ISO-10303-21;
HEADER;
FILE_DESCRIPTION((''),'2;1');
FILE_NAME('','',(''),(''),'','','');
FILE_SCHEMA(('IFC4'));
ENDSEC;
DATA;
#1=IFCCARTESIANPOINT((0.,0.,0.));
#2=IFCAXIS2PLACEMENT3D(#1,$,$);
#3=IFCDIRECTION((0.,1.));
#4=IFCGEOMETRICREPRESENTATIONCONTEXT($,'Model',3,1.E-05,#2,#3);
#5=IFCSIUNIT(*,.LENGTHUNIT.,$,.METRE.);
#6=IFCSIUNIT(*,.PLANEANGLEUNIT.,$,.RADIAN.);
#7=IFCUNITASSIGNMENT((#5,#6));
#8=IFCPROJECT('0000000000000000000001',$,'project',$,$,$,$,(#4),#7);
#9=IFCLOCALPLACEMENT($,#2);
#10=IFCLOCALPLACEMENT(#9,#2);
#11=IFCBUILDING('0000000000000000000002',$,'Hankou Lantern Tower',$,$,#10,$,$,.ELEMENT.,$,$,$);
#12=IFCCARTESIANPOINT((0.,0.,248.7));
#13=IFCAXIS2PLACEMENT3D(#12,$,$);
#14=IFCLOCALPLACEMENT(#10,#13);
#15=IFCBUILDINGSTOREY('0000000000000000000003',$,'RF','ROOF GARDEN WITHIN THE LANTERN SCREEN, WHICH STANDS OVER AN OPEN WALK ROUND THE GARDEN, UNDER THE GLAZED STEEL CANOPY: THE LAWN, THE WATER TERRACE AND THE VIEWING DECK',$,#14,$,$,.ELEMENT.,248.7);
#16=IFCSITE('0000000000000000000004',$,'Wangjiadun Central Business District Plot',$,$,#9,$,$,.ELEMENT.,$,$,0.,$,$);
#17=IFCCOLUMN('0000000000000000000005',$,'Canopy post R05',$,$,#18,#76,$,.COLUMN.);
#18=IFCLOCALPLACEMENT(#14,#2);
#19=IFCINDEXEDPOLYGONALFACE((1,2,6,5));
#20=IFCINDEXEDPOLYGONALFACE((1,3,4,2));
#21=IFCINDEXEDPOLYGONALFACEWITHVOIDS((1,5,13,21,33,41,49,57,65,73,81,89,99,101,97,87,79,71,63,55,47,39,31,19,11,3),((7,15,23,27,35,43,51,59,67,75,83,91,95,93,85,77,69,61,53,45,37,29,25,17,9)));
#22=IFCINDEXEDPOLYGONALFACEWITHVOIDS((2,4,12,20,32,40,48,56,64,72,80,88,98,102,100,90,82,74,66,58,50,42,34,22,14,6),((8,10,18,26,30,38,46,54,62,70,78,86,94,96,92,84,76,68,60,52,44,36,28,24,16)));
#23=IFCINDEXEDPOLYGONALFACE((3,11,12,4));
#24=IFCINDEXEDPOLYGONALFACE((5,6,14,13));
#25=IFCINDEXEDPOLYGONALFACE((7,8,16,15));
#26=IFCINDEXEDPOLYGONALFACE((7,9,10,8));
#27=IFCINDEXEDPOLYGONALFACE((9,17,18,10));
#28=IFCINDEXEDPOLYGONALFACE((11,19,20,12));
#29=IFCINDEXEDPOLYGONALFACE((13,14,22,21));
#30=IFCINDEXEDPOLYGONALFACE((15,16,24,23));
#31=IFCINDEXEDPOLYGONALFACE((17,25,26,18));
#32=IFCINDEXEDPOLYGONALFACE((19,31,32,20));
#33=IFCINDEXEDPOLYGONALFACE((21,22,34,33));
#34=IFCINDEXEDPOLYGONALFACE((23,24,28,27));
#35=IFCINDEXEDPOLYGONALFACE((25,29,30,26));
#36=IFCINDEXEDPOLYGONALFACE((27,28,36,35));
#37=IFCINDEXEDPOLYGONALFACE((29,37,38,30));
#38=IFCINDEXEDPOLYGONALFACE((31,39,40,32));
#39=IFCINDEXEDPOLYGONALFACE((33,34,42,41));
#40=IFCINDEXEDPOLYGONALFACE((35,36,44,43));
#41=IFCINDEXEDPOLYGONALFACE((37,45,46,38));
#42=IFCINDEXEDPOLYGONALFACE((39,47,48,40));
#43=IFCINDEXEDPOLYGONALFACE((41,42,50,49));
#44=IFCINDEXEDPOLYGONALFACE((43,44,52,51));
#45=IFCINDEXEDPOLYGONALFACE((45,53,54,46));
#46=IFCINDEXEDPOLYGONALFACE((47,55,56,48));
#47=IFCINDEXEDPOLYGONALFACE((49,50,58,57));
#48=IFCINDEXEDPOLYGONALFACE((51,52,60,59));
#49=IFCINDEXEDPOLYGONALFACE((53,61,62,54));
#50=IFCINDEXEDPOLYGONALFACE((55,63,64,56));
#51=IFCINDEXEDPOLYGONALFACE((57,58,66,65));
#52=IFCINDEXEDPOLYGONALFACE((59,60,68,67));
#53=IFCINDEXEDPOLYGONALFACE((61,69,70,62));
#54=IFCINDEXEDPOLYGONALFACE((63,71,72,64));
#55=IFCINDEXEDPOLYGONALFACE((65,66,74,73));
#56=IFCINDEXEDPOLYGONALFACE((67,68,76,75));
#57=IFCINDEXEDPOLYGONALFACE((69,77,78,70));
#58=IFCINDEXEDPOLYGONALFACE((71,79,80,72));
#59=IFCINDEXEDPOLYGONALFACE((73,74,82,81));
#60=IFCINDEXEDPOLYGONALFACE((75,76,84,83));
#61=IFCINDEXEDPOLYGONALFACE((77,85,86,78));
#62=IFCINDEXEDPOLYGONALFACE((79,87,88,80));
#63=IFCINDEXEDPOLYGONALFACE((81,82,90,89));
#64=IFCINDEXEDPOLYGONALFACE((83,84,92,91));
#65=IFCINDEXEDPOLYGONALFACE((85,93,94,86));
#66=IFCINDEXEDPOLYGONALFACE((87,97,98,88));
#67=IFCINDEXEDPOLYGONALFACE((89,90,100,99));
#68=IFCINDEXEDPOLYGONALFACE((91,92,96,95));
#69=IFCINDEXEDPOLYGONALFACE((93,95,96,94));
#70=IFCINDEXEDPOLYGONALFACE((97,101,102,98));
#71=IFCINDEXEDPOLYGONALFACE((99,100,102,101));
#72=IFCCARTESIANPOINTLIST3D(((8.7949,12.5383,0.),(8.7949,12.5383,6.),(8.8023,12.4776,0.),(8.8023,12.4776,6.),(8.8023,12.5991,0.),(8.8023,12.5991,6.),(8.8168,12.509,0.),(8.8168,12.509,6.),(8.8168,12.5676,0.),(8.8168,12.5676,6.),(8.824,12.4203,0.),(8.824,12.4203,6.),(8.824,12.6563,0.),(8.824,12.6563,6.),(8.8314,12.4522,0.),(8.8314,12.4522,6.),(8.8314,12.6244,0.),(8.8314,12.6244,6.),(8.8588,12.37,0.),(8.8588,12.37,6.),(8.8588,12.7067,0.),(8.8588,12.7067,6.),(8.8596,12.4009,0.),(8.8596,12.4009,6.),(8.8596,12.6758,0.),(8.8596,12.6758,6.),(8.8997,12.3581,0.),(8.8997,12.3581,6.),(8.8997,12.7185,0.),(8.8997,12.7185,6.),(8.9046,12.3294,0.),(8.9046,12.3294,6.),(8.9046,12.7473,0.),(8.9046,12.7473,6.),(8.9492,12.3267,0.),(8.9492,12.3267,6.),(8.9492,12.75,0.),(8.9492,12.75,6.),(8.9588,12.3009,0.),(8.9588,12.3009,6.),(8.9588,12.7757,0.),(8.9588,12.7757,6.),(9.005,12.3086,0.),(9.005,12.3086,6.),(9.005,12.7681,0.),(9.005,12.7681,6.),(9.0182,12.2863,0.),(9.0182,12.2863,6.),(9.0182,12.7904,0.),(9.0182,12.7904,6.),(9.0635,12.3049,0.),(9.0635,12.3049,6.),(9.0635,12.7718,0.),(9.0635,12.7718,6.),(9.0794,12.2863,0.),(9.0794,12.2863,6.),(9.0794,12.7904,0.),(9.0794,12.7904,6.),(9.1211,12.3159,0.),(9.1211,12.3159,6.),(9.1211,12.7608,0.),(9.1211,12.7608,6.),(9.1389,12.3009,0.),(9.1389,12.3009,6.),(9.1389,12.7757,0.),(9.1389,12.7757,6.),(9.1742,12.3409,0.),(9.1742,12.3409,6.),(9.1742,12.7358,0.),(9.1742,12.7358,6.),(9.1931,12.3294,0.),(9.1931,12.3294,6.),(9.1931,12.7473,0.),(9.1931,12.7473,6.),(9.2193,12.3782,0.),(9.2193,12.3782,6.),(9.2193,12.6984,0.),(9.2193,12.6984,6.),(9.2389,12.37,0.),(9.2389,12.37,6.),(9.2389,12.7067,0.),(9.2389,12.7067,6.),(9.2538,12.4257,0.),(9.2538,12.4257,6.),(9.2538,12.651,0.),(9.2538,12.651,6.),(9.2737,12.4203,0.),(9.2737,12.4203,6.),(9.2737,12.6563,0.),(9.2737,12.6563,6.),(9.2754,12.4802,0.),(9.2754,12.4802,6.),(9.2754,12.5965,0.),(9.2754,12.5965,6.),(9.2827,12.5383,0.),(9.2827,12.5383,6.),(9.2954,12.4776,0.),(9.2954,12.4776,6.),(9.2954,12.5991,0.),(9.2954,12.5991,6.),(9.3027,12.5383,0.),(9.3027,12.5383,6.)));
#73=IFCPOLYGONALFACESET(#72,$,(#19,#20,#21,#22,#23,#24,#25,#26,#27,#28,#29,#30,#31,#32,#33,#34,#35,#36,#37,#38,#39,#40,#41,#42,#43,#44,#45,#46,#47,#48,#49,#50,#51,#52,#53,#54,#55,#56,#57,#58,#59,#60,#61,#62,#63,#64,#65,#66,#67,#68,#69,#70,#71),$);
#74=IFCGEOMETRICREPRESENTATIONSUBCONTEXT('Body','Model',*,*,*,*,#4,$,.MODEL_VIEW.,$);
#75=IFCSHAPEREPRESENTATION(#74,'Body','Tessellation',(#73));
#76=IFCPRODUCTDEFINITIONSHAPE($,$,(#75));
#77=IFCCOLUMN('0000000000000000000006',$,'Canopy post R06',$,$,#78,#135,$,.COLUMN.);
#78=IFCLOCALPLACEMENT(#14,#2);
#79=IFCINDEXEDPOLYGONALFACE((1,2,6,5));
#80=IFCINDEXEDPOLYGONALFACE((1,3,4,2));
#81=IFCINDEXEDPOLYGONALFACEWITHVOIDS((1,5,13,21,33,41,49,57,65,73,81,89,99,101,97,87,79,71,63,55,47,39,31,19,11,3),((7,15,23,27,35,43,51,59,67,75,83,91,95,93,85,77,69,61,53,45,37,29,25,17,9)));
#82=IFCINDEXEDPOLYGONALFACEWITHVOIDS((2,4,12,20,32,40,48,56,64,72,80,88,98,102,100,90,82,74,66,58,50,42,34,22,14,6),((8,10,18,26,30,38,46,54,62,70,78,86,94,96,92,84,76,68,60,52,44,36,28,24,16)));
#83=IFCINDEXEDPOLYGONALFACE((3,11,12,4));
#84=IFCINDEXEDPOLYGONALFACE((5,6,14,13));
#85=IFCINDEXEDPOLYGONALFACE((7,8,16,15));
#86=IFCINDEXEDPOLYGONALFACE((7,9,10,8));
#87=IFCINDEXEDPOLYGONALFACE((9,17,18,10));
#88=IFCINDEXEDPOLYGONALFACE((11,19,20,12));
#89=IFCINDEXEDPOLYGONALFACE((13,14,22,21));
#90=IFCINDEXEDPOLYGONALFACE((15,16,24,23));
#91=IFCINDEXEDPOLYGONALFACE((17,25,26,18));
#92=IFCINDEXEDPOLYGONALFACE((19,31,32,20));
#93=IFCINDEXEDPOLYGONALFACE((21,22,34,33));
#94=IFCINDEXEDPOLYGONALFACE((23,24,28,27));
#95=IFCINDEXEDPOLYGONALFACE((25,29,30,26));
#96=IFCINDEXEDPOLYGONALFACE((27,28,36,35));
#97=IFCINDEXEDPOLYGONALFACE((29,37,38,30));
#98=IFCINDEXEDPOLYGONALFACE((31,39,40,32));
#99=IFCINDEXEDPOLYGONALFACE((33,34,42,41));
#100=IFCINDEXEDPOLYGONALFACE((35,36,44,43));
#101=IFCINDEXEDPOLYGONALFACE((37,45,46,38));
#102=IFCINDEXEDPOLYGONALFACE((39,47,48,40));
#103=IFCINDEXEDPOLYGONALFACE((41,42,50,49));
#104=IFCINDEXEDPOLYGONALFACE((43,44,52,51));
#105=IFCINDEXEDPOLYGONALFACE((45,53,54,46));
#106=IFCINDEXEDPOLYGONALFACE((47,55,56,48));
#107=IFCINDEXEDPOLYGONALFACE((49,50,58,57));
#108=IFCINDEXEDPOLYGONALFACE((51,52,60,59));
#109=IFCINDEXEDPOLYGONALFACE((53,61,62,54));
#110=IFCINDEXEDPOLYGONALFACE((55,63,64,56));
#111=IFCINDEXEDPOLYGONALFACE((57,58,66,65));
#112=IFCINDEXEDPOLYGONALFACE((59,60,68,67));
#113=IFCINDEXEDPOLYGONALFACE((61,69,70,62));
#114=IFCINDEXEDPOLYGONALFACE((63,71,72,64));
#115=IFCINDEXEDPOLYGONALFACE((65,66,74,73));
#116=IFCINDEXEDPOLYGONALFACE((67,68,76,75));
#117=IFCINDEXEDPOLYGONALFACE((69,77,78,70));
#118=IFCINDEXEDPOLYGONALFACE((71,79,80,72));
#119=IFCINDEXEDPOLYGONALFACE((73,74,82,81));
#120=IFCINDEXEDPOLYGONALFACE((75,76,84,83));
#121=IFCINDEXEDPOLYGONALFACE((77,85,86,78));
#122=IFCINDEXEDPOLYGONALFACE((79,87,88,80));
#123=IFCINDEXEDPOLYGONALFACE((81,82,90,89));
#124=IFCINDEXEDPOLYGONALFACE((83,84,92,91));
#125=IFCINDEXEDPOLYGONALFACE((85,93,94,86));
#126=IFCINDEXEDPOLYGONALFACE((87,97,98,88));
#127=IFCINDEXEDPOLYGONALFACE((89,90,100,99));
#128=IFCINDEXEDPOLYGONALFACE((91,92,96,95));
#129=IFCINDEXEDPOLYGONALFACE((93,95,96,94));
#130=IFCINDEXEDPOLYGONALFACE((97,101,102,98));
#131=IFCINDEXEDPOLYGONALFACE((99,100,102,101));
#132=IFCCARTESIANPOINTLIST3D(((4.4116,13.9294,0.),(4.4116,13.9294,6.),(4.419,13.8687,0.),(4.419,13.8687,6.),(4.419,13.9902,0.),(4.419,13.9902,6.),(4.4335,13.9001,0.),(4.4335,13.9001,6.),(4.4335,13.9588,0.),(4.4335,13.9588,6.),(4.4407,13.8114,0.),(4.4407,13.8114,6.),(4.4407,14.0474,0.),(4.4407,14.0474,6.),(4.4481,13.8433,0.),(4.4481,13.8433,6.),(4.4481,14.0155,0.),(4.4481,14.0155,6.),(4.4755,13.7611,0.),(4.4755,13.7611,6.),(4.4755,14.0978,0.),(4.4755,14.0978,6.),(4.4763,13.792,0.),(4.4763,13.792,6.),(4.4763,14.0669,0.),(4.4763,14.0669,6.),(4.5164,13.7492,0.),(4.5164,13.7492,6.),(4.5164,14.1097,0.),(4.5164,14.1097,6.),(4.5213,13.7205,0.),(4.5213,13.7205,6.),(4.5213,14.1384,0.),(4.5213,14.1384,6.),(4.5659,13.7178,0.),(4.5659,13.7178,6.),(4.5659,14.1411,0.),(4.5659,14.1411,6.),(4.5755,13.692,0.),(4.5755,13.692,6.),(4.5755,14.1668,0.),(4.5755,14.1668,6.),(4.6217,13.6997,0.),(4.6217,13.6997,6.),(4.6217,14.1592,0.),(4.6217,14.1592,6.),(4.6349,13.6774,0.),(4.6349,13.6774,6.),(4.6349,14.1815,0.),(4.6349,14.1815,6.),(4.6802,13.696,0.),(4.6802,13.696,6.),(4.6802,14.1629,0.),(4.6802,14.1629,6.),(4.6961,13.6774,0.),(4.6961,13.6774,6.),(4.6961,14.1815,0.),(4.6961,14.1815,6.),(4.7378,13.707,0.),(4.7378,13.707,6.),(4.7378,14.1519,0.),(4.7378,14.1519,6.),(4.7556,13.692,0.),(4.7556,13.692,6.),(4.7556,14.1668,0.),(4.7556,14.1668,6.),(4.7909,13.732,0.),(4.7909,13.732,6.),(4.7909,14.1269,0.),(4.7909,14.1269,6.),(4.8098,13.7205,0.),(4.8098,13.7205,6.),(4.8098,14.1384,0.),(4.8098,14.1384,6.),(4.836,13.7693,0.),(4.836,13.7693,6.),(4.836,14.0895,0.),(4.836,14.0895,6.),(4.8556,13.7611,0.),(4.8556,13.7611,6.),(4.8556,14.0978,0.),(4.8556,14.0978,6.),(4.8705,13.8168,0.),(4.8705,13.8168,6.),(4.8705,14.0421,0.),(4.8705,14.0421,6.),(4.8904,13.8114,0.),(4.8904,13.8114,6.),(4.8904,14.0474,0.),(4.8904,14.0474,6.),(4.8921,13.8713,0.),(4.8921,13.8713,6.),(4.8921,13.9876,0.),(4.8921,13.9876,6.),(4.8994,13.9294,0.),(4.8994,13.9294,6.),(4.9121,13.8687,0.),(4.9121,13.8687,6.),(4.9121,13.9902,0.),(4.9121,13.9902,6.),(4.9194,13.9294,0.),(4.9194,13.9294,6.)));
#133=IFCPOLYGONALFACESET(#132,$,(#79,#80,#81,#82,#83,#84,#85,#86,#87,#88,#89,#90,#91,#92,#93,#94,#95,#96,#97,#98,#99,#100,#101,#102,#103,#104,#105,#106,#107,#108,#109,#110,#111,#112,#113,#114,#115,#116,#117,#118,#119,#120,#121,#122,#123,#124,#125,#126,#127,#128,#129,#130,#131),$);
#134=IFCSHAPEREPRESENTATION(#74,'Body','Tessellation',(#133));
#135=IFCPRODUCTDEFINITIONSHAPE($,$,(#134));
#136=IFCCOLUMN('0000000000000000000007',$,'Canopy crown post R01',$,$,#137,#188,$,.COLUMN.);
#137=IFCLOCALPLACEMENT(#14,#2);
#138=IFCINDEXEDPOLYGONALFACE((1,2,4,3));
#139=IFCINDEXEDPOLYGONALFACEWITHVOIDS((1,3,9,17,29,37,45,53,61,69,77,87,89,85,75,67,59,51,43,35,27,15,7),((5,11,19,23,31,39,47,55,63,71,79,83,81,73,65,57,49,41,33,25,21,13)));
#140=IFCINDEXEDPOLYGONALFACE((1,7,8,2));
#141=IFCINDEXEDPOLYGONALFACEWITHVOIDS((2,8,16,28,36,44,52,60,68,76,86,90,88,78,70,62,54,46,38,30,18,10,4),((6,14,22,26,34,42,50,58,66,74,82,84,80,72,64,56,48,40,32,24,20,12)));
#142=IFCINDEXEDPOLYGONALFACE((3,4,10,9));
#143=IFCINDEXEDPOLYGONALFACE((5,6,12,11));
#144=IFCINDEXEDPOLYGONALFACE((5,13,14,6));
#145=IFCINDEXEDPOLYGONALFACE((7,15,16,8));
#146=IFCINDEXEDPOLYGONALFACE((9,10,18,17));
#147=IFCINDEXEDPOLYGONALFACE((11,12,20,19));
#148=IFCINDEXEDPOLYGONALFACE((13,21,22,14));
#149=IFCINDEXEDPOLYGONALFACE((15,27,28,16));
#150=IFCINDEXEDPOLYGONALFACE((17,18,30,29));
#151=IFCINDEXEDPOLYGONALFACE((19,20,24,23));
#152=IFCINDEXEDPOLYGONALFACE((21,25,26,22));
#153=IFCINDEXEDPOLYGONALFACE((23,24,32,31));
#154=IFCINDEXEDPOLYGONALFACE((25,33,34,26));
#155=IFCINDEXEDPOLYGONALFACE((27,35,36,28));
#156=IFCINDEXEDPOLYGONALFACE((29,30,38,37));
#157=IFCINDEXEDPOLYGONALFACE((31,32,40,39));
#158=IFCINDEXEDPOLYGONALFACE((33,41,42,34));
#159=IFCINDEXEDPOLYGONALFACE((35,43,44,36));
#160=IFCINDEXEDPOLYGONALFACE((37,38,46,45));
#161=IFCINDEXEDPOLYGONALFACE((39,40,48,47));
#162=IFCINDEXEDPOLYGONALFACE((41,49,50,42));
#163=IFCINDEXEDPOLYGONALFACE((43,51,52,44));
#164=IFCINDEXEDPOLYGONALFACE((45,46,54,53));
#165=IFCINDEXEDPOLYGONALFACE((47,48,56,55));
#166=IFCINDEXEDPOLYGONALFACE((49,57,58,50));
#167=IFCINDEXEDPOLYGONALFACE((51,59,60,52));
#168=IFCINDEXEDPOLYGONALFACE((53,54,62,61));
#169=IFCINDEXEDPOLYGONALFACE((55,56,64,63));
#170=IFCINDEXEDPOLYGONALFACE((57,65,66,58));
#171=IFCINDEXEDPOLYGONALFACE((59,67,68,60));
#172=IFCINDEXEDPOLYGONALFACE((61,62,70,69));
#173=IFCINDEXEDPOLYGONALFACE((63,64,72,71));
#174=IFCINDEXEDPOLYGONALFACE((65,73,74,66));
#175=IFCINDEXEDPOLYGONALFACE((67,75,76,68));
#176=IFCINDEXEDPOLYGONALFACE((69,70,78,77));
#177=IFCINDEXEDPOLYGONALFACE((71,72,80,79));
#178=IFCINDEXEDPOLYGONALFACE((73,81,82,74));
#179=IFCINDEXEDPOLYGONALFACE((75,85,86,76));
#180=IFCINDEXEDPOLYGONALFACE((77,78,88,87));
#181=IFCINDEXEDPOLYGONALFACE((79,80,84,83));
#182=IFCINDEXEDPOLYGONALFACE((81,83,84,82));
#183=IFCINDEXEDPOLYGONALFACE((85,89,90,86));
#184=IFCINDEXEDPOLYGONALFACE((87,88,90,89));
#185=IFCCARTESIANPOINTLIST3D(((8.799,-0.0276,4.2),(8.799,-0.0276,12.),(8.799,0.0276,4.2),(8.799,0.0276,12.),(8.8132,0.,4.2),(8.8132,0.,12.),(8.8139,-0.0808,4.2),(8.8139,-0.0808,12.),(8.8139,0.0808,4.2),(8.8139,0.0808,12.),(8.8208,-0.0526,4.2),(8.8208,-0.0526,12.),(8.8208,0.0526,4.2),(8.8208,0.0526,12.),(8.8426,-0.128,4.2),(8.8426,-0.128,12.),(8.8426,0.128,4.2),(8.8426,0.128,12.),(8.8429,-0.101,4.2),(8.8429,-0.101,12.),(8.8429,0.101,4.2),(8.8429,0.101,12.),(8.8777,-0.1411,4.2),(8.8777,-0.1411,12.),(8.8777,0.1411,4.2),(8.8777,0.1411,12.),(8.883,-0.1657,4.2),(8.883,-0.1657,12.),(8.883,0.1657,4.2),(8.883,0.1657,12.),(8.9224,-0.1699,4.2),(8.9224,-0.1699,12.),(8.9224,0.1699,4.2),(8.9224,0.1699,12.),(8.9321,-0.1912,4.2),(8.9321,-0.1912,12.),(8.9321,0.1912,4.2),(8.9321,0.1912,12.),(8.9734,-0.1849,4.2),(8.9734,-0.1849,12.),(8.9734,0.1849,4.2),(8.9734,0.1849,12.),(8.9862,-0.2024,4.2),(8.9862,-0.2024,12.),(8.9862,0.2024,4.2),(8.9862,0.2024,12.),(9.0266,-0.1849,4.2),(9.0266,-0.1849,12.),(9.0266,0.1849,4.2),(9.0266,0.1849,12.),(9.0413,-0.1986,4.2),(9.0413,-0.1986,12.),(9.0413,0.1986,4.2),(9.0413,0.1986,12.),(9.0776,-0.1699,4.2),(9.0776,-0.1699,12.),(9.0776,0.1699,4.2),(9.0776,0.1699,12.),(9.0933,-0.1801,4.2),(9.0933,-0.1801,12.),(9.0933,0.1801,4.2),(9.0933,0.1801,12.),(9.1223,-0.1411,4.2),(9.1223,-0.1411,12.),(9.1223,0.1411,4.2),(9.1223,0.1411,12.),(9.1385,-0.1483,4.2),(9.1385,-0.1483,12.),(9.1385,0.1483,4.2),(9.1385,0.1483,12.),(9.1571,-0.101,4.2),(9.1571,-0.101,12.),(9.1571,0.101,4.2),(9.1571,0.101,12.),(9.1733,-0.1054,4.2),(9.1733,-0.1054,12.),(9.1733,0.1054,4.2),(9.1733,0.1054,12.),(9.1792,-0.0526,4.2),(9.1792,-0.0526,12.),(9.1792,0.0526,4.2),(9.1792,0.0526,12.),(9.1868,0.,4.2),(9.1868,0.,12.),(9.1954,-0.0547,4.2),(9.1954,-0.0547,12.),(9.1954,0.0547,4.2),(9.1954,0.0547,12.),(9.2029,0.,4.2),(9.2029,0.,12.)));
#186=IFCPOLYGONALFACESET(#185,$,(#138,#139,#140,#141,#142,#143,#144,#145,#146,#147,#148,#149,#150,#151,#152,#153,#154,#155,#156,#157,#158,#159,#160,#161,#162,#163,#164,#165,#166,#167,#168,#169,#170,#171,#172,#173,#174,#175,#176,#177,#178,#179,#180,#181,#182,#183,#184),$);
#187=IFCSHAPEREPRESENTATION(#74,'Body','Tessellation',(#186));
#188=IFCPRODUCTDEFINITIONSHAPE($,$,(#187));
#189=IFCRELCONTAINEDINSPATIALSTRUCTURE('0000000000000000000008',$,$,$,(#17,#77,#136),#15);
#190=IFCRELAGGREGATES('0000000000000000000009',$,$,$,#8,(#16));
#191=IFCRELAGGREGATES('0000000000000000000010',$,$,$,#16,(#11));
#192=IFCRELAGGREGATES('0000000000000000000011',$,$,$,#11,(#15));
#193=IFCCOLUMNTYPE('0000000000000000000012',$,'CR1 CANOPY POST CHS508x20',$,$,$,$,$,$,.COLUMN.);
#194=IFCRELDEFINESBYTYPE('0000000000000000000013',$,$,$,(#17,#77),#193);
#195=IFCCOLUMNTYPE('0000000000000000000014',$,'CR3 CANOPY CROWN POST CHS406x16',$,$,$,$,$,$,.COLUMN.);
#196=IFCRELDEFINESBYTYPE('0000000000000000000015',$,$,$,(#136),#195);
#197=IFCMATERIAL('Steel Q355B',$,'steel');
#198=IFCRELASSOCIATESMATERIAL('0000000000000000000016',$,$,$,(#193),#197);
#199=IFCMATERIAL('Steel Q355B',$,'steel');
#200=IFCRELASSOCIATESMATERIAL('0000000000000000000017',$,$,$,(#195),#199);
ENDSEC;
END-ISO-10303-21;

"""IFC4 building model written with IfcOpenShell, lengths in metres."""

from ifc_helpers import new_model, si_unit, direction, frame, origin, origin_2d, place, context, subcontext, project, spatial, hollow_circle, extrude, material, material_profile, profile_set, type_object, element, save


model = new_model("IFC4")

# Units and contexts
model_context = context("Model", 3, precision=1e-05, world=origin(), true_north=direction((0.0, 1.0)))
body_context = subcontext(model_context, "Body", "Model", "MODEL_VIEW")
ifc_project = project(units=[si_unit("LENGTHUNIT", "METRE"), si_unit("PLANEANGLEUNIT", "RADIAN")], contexts=[model_context])

# Site, building, storey
site_placement = place(None, origin())
site = spatial("IfcSite", under=ifc_project, at=site_placement, Name="Wangjiadun Central Business District Plot", CompositionType="ELEMENT", RefElevation=0.0)
building_placement = place(site_placement, origin())
building = spatial("IfcBuilding", under=site, at=building_placement, Name="Hankou Lantern Tower", CompositionType="ELEMENT")
storey_placement = place(building_placement, frame((0.0, 0.0, 248.7)))
storey = spatial("IfcBuildingStorey", under=building, at=storey_placement, Name="RF", Description="ROOF GARDEN WITHIN THE LANTERN SCREEN, WHICH STANDS OVER AN OPEN WALK ROUND THE GARDEN, UNDER THE GLAZED STEEL CANOPY: THE LAWN, THE WATER TERRACE AND THE VIEWING DECK", CompositionType="ELEMENT", Elevation=248.7)

# Columns
ifc_material_1 = material(Name="Steel Q355B", Category="steel")
ifc_material_profile_1 = material_profile(ifc_material_1, hollow_circle(Radius=0.2539, WallThickness=0.02, at=origin_2d()), Name="CHS508x20")
ifc_profile_set_1 = profile_set([ifc_material_profile_1], Name="Steel Q355B")
column_type_1 = type_object("IfcColumnType", Name="CR1 CANOPY POST CHS508x20", PredefinedType="COLUMN", material=ifc_profile_set_1)
for number, where, z_axis, x_axis, name in (
    (1, (9.0488, 12.5383, 0.0), (0.0, 0.0, 1.0), (1.0, 0.0, 0.0), "Canopy post R05"),
    (2, (4.6655, 13.9294, 0.0), (0.0, 0.0, 1.0), (1.0, 0.0, 0.0), "Canopy post R06"),
):
    element("IfcColumn", number, at=place(storey_placement, frame(where, z_axis=z_axis, x_axis=x_axis)), inside=storey, type_object=column_type_1, Name=name, PredefinedType="COLUMN", context=body_context, shape_type="SweptSolid", body=[
        extrude(hollow_circle(Radius=0.2539, WallThickness=0.02, at=origin_2d()), origin(), (0.0, 0.0, 1.0), 6.0),
    ])
ifc_material_2 = material(Name="Steel Q355B", Category="steel")
ifc_material_profile_2 = material_profile(ifc_material_2, hollow_circle(Radius=0.2029, WallThickness=0.0161, at=origin_2d()), Name="CHS406x16")
ifc_profile_set_2 = profile_set([ifc_material_profile_2], Name="Steel Q355B")
column_type_2 = type_object("IfcColumnType", Name="CR3 CANOPY CROWN POST CHS406x16", PredefinedType="COLUMN", material=ifc_profile_set_2)
for number, where, z_axis, x_axis, name in (
    (3, (9.0, 0.0, 4.2), (0.0, 0.0, 1.0), (1.0, 0.0, 0.0), "Canopy crown post R01"),
):
    element("IfcColumn", number, at=place(storey_placement, frame(where, z_axis=z_axis, x_axis=x_axis)), inside=storey, type_object=column_type_2, Name=name, PredefinedType="COLUMN", context=body_context, shape_type="SweptSolid", body=[
        extrude(hollow_circle(Radius=0.2029, WallThickness=0.0161, at=origin_2d()), origin(), (0.0, 0.0, 1.0), 7.8),
    ])

save(model, "model.ifc")
